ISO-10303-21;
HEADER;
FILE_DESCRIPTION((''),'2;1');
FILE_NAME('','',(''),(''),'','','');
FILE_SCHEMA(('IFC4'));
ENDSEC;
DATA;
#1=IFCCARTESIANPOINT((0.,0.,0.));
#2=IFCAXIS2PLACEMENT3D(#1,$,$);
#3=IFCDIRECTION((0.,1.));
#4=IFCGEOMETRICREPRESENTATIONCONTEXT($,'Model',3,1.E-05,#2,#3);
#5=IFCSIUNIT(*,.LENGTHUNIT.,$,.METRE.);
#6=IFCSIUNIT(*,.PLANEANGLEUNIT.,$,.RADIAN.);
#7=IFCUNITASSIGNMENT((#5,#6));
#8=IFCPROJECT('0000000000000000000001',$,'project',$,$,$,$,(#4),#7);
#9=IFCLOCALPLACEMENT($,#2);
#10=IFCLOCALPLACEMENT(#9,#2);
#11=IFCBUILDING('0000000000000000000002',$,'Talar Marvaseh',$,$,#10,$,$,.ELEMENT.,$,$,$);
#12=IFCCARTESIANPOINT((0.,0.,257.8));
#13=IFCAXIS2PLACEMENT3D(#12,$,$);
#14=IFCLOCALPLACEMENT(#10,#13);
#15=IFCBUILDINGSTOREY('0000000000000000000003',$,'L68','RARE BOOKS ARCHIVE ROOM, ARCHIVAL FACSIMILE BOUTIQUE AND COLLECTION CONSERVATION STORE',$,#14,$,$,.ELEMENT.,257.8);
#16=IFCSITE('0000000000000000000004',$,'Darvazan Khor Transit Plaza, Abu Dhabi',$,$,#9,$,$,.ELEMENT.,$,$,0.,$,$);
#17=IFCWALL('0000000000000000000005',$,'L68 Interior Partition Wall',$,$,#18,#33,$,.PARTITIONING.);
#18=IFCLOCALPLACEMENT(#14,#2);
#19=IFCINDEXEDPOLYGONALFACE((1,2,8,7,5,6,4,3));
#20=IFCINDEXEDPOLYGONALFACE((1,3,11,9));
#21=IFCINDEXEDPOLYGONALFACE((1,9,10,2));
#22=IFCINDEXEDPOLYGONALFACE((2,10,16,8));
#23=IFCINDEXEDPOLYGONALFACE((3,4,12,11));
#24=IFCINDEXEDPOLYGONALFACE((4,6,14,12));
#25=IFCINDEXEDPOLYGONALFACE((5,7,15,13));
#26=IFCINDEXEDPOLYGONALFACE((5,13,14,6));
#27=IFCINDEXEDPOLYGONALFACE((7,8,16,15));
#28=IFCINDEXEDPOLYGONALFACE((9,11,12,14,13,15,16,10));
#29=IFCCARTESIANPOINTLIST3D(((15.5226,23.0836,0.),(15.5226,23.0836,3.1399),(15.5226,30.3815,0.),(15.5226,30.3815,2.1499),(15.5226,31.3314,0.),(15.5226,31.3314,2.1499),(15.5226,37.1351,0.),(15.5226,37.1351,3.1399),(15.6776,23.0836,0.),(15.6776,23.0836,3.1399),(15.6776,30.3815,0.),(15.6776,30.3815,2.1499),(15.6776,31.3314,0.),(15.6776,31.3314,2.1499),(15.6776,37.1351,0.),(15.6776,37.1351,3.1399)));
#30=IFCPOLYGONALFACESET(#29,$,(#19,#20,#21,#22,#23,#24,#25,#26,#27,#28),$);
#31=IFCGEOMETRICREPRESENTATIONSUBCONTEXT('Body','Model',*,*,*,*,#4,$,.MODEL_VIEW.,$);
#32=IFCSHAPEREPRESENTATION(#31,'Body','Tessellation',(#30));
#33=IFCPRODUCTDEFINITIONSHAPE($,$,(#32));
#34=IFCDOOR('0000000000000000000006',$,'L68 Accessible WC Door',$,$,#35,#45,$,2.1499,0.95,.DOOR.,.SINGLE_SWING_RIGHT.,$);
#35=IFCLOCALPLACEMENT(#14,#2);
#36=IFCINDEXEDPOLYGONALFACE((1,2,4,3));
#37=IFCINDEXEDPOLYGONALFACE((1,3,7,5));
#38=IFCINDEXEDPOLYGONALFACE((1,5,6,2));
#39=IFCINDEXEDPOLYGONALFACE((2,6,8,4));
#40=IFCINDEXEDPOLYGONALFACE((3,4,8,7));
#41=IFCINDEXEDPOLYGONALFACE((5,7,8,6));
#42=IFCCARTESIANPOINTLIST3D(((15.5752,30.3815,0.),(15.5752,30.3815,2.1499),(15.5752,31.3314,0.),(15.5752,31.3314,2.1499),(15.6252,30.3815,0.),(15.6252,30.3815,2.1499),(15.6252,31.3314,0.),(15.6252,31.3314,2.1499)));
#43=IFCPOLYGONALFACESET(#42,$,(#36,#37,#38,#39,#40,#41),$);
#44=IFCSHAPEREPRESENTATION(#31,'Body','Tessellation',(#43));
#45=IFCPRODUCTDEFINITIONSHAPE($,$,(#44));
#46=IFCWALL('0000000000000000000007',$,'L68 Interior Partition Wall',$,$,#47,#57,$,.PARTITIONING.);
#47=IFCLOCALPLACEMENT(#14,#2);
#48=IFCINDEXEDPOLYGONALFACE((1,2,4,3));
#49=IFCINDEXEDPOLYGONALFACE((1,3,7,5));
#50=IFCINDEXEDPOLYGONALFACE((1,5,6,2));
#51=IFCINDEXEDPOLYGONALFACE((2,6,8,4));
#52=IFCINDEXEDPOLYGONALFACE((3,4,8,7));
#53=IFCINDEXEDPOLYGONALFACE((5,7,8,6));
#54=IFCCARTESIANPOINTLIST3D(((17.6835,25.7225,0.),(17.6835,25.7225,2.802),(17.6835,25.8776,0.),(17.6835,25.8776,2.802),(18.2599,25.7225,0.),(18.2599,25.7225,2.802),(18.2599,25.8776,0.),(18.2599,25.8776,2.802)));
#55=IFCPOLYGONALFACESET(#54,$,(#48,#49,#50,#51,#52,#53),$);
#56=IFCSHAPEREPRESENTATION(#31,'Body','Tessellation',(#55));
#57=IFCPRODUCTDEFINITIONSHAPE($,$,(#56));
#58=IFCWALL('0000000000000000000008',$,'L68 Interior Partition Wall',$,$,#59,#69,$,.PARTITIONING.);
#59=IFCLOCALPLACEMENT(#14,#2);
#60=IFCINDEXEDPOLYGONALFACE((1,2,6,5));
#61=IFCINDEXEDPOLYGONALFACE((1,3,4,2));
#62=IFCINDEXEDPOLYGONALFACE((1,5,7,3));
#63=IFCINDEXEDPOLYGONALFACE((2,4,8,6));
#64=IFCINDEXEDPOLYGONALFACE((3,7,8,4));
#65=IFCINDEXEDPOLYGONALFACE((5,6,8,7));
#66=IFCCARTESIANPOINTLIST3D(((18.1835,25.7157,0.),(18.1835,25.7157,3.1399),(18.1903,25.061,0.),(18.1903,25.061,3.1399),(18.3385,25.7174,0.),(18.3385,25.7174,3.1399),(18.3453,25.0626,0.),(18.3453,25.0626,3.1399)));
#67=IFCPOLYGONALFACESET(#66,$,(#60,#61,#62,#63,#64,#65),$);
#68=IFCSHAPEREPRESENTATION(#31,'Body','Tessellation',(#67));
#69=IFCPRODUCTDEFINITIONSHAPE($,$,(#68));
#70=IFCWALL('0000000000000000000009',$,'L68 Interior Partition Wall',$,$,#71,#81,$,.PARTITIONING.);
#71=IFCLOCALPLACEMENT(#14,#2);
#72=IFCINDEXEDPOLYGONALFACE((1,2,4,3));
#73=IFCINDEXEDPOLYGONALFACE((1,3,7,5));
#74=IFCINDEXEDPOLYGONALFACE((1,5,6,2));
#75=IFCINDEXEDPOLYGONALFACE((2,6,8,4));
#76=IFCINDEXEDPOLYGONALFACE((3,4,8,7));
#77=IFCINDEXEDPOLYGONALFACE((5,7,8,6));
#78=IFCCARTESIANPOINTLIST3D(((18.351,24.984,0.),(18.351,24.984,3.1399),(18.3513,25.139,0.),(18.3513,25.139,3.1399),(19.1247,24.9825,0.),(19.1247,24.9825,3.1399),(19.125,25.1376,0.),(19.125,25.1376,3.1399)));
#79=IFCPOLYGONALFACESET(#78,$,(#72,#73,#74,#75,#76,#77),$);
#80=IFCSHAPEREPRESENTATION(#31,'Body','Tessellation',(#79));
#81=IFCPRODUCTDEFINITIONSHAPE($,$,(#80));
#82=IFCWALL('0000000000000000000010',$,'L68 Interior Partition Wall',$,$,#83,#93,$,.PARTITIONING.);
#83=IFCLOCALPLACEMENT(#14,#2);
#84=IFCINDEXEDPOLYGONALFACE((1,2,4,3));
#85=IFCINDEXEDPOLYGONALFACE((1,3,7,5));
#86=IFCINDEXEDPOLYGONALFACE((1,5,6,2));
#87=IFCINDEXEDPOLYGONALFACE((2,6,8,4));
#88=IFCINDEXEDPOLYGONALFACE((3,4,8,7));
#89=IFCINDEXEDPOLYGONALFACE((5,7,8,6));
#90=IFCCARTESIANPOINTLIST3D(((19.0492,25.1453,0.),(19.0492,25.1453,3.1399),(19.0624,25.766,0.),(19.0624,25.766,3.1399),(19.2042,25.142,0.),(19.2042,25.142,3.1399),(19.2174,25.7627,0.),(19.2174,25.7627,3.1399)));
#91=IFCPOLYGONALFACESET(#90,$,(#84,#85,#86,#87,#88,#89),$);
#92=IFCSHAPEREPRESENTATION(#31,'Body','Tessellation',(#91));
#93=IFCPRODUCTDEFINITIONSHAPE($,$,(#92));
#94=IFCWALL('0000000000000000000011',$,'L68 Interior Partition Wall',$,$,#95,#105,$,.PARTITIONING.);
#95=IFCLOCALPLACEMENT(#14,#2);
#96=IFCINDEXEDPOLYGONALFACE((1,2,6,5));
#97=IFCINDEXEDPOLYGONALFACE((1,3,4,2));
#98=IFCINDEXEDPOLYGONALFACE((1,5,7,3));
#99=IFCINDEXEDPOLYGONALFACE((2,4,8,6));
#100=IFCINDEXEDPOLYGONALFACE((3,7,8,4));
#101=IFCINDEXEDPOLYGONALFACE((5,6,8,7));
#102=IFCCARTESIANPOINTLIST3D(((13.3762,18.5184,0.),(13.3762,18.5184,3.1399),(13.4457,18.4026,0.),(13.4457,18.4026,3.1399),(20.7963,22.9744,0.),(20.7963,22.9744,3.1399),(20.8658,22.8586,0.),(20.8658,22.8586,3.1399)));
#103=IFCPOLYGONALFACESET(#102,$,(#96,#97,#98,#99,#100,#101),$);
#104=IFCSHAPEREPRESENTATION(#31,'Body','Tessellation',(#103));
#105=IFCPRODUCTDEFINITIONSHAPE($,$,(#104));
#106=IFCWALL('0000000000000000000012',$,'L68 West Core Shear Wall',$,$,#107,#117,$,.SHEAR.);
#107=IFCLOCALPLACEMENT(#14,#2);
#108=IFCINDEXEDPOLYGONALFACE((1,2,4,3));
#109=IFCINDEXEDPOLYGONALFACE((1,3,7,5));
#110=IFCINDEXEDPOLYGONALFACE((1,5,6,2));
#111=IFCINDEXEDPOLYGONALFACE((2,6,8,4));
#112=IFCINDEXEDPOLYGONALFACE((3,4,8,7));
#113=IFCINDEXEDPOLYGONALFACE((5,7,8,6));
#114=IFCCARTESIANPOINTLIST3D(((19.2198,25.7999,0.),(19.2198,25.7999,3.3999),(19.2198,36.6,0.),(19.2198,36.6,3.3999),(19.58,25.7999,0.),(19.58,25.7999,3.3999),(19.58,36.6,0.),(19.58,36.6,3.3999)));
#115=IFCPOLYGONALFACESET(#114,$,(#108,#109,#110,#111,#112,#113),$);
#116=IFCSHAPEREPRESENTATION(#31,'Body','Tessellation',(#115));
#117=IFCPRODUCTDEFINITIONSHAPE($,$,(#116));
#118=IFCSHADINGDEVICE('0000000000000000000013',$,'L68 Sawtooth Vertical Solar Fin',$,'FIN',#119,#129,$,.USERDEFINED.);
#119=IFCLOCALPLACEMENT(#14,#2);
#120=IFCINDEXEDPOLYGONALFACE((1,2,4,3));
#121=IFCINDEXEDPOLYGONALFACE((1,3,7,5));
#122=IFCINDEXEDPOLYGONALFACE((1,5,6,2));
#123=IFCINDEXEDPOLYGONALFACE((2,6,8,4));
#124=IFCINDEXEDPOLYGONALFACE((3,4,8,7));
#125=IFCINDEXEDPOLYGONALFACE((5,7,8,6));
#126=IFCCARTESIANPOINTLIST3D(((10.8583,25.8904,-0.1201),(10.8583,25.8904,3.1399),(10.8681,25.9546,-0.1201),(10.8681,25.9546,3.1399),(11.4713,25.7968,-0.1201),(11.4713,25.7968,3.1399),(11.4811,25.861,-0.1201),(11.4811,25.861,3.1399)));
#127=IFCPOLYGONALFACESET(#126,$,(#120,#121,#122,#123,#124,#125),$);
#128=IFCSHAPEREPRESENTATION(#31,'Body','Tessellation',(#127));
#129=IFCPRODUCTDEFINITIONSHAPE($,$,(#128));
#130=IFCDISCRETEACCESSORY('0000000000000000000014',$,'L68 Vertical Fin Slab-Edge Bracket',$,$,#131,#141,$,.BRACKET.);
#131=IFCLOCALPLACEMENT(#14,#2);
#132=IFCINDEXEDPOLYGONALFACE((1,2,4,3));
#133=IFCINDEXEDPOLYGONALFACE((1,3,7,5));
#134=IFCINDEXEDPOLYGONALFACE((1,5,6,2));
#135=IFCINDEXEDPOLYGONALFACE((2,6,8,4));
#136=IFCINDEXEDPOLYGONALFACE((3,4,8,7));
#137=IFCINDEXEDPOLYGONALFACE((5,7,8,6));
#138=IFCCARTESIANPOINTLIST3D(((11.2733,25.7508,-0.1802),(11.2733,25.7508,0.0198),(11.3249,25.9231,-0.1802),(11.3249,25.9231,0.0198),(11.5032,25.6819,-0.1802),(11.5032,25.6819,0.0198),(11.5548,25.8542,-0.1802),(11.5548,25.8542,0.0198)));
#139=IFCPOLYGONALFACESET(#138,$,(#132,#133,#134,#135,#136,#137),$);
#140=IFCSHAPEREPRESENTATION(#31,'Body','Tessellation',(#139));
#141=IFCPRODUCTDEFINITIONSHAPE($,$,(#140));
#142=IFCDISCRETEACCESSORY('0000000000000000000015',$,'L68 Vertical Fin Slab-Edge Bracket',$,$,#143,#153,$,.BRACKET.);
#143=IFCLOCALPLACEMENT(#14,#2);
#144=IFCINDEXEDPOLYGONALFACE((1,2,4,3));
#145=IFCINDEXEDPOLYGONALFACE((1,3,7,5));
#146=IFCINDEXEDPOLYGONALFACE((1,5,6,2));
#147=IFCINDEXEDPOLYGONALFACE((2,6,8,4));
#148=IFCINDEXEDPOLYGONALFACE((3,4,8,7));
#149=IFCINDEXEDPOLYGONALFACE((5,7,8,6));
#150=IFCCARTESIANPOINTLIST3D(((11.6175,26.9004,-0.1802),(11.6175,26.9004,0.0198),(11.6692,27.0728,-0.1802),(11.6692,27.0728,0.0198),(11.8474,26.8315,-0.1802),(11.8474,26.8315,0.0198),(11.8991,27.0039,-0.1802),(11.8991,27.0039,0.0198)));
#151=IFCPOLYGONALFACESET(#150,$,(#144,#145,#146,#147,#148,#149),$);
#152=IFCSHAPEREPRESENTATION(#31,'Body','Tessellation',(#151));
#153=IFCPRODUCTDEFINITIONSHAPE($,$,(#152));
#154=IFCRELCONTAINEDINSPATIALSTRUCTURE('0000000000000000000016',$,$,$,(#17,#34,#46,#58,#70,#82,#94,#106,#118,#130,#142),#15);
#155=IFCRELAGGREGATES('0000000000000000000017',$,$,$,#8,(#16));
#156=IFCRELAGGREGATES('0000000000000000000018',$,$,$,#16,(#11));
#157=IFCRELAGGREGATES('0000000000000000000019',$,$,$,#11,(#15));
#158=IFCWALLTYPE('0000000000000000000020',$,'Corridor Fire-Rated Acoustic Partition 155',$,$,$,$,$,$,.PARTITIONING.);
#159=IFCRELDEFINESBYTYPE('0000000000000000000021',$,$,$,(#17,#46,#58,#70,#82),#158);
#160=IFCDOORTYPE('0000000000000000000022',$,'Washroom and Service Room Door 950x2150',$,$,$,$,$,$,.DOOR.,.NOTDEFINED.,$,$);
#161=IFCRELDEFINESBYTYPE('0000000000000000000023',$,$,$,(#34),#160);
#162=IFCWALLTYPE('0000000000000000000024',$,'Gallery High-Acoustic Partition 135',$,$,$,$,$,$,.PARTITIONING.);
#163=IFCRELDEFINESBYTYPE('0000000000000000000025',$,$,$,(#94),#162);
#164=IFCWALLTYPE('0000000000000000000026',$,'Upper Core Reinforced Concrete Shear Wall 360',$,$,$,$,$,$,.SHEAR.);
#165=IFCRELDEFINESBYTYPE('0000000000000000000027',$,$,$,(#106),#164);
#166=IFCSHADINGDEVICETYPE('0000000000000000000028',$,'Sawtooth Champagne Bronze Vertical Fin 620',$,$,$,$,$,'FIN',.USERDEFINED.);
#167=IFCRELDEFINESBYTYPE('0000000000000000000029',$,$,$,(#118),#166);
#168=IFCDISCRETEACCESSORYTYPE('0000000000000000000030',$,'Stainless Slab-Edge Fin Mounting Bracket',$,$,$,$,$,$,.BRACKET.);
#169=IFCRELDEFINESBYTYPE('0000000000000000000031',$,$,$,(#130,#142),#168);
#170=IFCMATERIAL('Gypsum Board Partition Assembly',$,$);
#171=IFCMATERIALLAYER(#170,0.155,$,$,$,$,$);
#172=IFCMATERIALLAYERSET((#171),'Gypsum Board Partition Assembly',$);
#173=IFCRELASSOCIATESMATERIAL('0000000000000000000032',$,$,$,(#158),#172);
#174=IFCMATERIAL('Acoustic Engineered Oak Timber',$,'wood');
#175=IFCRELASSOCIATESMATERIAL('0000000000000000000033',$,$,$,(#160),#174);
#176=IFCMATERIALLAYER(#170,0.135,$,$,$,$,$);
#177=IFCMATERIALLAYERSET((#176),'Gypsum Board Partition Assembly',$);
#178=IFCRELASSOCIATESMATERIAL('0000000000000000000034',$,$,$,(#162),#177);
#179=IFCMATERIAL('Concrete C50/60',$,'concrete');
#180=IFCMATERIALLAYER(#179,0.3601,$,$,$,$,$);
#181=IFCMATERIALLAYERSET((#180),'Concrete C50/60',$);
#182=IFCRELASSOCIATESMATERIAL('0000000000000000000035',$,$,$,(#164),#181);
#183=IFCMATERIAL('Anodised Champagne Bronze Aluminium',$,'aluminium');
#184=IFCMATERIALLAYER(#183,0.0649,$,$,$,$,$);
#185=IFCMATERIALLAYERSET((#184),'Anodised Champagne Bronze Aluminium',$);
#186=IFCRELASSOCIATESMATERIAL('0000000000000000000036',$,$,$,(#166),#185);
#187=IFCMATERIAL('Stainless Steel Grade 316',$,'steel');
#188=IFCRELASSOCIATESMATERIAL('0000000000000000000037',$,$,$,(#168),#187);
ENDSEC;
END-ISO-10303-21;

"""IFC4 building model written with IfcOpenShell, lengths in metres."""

from ifc_helpers import new_model, si_unit, direction, frame, frame_2d, origin, origin_2d, place, context, subcontext, project, spatial, rectangle, extrude, source, transform, mapped, material, layer, layer_set, type_object, type_shapes, element, fill, save


model = new_model("IFC4")

# Units and contexts
model_context = context("Model", 3, precision=1e-05, world=origin(), true_north=direction((0.0, 1.0)))
body_context = subcontext(model_context, "Body", "Model", "MODEL_VIEW")
ifc_project = project(units=[si_unit("LENGTHUNIT", "METRE"), si_unit("PLANEANGLEUNIT", "RADIAN")], contexts=[model_context])

# Site, building, storey
site_placement = place(None, origin())
site = spatial("IfcSite", under=ifc_project, at=site_placement, Name="Darvazan Khor Transit Plaza, Abu Dhabi", CompositionType="ELEMENT", RefElevation=0.0)
building_placement = place(site_placement, origin())
building = spatial("IfcBuilding", under=site, at=building_placement, Name="Talar Marvaseh", CompositionType="ELEMENT")
storey_placement = place(building_placement, frame((0.0, 0.0, 257.8)))
storey = spatial("IfcBuildingStorey", under=building, at=storey_placement, Name="L68", Description="RARE BOOKS ARCHIVE ROOM, ARCHIVAL FACSIMILE BOUTIQUE AND COLLECTION CONSERVATION STORE", CompositionType="ELEMENT", Elevation=257.8)

# Shared definitions
ifc_material_1 = material(Name="Concrete C50/60", Category="concrete")

# Wall, opening, door
ifc_material_2 = material(Name="Gypsum Board Partition Assembly")
ifc_layer_1 = layer(ifc_material_2, 0.155)
ifc_layer_set_1 = layer_set([ifc_layer_1], Name="Gypsum Board Partition Assembly")
wall_type_1 = type_object("IfcWallType", Name="Corridor Fire-Rated Acoustic Partition 155", PredefinedType="PARTITIONING", material=ifc_layer_set_1)
wall_1_placement = place(storey_placement, frame((15.6001, 23.0835, 0.0), z_axis=(0.0, 0.0, 1.0), x_axis=(0.0, 1.0, 0.0)))
wall_1 = element("IfcWall", 1, at=wall_1_placement, inside=storey, type_object=wall_type_1, Name="L68 Interior Partition Wall", PredefinedType="PARTITIONING", context=body_context, shape_type="SweptSolid", body=[
    extrude(rectangle(XDim=14.0515, YDim=0.155, at=frame_2d((7.0259, 0.0))), origin(), (0.0, 0.0, 1.0), 3.1399),
])
opening_placement = place(wall_1_placement, frame((7.2979, 0.0, 0.0)))
opening = element("IfcOpeningElement", 2, at=opening_placement, cuts=wall_1, PredefinedType="OPENING", context=body_context, shape_type="SweptSolid", body=[
    extrude(rectangle(XDim=0.95, YDim=2.1499, at=frame_2d((0.4751, 1.075))), frame((0.0, 0.0874, 0.0), z_axis=(0.0, -1.0, 0.0), x_axis=(1.0, 0.0, 0.0)), (0.0, 0.0, 1.0), 0.175),
])
ifc_material_3 = material(Name="Acoustic Engineered Oak Timber", Category="wood")
door_type = type_object("IfcDoorType", Name="Washroom and Service Room Door 950x2150", OperationType="NOTDEFINED", PredefinedType="DOOR", material=ifc_material_3)
shared_shape_1 = source(origin(), body_context, "Body", "SweptSolid", [
    extrude(rectangle(XDim=0.95, YDim=2.1499, at=frame_2d((0.4751, 1.075))), frame((0.0, 0.0249, 0.0), z_axis=(0.0, -1.0, 0.0), x_axis=(1.0, 0.0, 0.0)), (0.0, 0.0, 1.0), 0.05),
])
type_shapes(door_type, [shared_shape_1])
door_placement = place(opening_placement, origin())
door = element("IfcDoor", 3, at=door_placement, inside=storey, type_object=door_type, Name="L68 Accessible WC Door", OperationType="SINGLE_SWING_RIGHT", OverallHeight=2.1499, OverallWidth=0.95, PredefinedType="DOOR", context=body_context, shape_type="MappedRepresentation", body=[
    mapped(shared_shape_1, transform((0.0, 0.0, 0.0), x_axis=(1.0, 0.0, 0.0), y_axis=(0.0, 1.0, 0.0), z_axis=(0.0, 0.0, 1.0), scale=1.0)),
])
fill(opening, door)

# Walls
wall_2_placement = place(storey_placement, frame((17.6836, 25.8, 0.0), z_axis=(0.0, 0.0, 1.0), x_axis=(1.0, 0.0, 0.0)))
element("IfcWall", 4, at=wall_2_placement, inside=storey, type_object=wall_type_1, Name="L68 Interior Partition Wall", PredefinedType="PARTITIONING", context=body_context, shape_type="SweptSolid", body=[
    extrude(rectangle(XDim=0.5764, YDim=0.155, at=frame_2d((0.2881, 0.0))), origin(), (0.0, 0.0, 1.0), 2.802),
])
wall_3_placement = place(storey_placement, frame((18.261, 25.7166, 0.0), z_axis=(0.0, 0.0, 1.0), x_axis=(0.010439, -0.999946, 0.0)))
element("IfcWall", 5, at=wall_3_placement, inside=storey, type_object=wall_type_1, Name="L68 Interior Partition Wall", PredefinedType="PARTITIONING", context=body_context, shape_type="SweptSolid", body=[
    extrude(rectangle(XDim=0.6548, YDim=0.155, at=frame_2d((0.3274, 0.0))), origin(), (0.0, 0.0, 1.0), 3.1399),
])
wall_4_placement = place(storey_placement, frame((18.3513, 25.0615, 0.0), z_axis=(0.0, 0.0, 1.0), x_axis=(0.999998, -0.001893, 0.0)))
element("IfcWall", 6, at=wall_4_placement, inside=storey, type_object=wall_type_1, Name="L68 Interior Partition Wall", PredefinedType="PARTITIONING", context=body_context, shape_type="SweptSolid", body=[
    extrude(rectangle(XDim=0.7737, YDim=0.155, at=frame_2d((0.3867, 0.0))), origin(), (0.0, 0.0, 1.0), 3.1399),
])
wall_5_placement = place(storey_placement, frame((19.1267, 25.1436, 0.0), z_axis=(0.0, 0.0, 1.0), x_axis=(0.021238, 0.999774, 0.0)))
element("IfcWall", 7, at=wall_5_placement, inside=storey, type_object=wall_type_1, Name="L68 Interior Partition Wall", PredefinedType="PARTITIONING", context=body_context, shape_type="SweptSolid", body=[
    extrude(rectangle(XDim=0.6208, YDim=0.155, at=frame_2d((0.3105, 0.0))), origin(), (0.0, 0.0, 1.0), 3.1399),
])
ifc_layer_2 = layer(ifc_material_2, 0.135)
ifc_layer_set_2 = layer_set([ifc_layer_2], Name="Gypsum Board Partition Assembly")
wall_type_2 = type_object("IfcWallType", Name="Gallery High-Acoustic Partition 135", PredefinedType="PARTITIONING", material=ifc_layer_set_2)
wall_6_placement = place(storey_placement, frame((20.8311, 22.9165, 0.0), z_axis=(0.0, 0.0, 1.0), x_axis=(-0.857291, -0.514832, 0.0)))
element("IfcWall", 8, at=wall_6_placement, inside=storey, type_object=wall_type_2, Name="L68 Interior Partition Wall", PredefinedType="PARTITIONING", context=body_context, shape_type="SweptSolid", body=[
    extrude(rectangle(XDim=8.6553, YDim=0.135, at=frame_2d((4.3276, 0.0))), origin(), (0.0, 0.0, 1.0), 3.1399),
])
ifc_layer_3 = layer(ifc_material_1, 0.3601)
ifc_layer_set_3 = layer_set([ifc_layer_3], Name="Concrete C50/60")
wall_type_3 = type_object("IfcWallType", Name="Upper Core Reinforced Concrete Shear Wall 360", PredefinedType="SHEAR", material=ifc_layer_set_3)
wall_7_placement = place(storey_placement, frame((19.3999, 25.8, 0.0), z_axis=(0.0, 0.0, 1.0), x_axis=(0.0, 1.0, 0.0)))
element("IfcWall", 9, at=wall_7_placement, inside=storey, type_object=wall_type_3, Name="L68 West Core Shear Wall", PredefinedType="SHEAR", context=body_context, shape_type="SweptSolid", body=[
    extrude(rectangle(XDim=10.8, YDim=0.3601, at=frame_2d((5.3999, 0.0))), origin(), (0.0, 0.0, 1.0), 3.3999),
])

# Shading device
ifc_material_4 = material(Name="Anodised Champagne Bronze Aluminium", Category="aluminium")
ifc_layer_4 = layer(ifc_material_4, 0.0649)
ifc_layer_set_4 = layer_set([ifc_layer_4], Name="Anodised Champagne Bronze Aluminium")
shading_device_type = type_object("IfcShadingDeviceType", Name="Sawtooth Champagne Bronze Vertical Fin 620", ElementType="FIN", PredefinedType="USERDEFINED", material=ifc_layer_set_4)
shared_shape_2 = source(origin(), body_context, "Body", "SweptSolid", [
    extrude(rectangle(XDim=0.6201, YDim=0.0649, at=origin_2d()), origin(), (0.0, 0.0, 1.0), 3.26),
])
type_shapes(shading_device_type, [shared_shape_2])
shading_device_placement = place(storey_placement, frame((11.1697, 25.8757, -0.1201), z_axis=(0.0, 0.0, 1.0), x_axis=(-0.988547, 0.150916, 0.0)))
element("IfcShadingDevice", 10, at=shading_device_placement, inside=storey, type_object=shading_device_type, Name="L68 Sawtooth Vertical Solar Fin", ObjectType="FIN", PredefinedType="USERDEFINED", context=body_context, shape_type="MappedRepresentation", body=[
    mapped(shared_shape_2, transform((0.0, 0.0, 0.0), x_axis=(1.0, 0.0, 0.0), y_axis=(0.0, 1.0, 0.0), z_axis=(0.0, 0.0, 1.0), scale=1.0)),
])

# Discrete accessories
ifc_material_5 = material(Name="Stainless Steel Grade 316", Category="steel")
discrete_accessory_type = type_object("IfcDiscreteAccessoryType", Name="Stainless Slab-Edge Fin Mounting Bracket", PredefinedType="BRACKET", material=ifc_material_5)
shared_shape_3 = source(origin(), body_context, "Body", "SweptSolid", [
    extrude(rectangle(XDim=0.24, YDim=0.1799, at=origin_2d()), origin(), (0.0, 0.0, 1.0), 0.2),
])
type_shapes(discrete_accessory_type, [shared_shape_3])
for number, where, z_axis, x_axis, name in (
    (11, (11.4141, 25.8025, -0.1802), (0.0, 0.0, 1.0), (-0.957923, 0.287026, 0.0), "L68 Vertical Fin Slab-Edge Bracket"),
    (12, (11.7583, 26.9521, -0.1802), (0.0, 0.0, 1.0), (-0.957923, 0.287026, 0.0), "L68 Vertical Fin Slab-Edge Bracket"),
):
    element("IfcDiscreteAccessory", number, at=place(storey_placement, frame(where, z_axis=z_axis, x_axis=x_axis)), inside=storey, type_object=discrete_accessory_type, Name=name, PredefinedType="BRACKET", context=body_context, shape_type="MappedRepresentation", body=[
        mapped(shared_shape_3, transform((0.0, 0.0, 0.0), x_axis=(1.0, 0.0, 0.0), y_axis=(0.0, 1.0, 0.0), z_axis=(0.0, 0.0, 1.0), scale=1.0)),
    ])

save(model, "model.ifc")
